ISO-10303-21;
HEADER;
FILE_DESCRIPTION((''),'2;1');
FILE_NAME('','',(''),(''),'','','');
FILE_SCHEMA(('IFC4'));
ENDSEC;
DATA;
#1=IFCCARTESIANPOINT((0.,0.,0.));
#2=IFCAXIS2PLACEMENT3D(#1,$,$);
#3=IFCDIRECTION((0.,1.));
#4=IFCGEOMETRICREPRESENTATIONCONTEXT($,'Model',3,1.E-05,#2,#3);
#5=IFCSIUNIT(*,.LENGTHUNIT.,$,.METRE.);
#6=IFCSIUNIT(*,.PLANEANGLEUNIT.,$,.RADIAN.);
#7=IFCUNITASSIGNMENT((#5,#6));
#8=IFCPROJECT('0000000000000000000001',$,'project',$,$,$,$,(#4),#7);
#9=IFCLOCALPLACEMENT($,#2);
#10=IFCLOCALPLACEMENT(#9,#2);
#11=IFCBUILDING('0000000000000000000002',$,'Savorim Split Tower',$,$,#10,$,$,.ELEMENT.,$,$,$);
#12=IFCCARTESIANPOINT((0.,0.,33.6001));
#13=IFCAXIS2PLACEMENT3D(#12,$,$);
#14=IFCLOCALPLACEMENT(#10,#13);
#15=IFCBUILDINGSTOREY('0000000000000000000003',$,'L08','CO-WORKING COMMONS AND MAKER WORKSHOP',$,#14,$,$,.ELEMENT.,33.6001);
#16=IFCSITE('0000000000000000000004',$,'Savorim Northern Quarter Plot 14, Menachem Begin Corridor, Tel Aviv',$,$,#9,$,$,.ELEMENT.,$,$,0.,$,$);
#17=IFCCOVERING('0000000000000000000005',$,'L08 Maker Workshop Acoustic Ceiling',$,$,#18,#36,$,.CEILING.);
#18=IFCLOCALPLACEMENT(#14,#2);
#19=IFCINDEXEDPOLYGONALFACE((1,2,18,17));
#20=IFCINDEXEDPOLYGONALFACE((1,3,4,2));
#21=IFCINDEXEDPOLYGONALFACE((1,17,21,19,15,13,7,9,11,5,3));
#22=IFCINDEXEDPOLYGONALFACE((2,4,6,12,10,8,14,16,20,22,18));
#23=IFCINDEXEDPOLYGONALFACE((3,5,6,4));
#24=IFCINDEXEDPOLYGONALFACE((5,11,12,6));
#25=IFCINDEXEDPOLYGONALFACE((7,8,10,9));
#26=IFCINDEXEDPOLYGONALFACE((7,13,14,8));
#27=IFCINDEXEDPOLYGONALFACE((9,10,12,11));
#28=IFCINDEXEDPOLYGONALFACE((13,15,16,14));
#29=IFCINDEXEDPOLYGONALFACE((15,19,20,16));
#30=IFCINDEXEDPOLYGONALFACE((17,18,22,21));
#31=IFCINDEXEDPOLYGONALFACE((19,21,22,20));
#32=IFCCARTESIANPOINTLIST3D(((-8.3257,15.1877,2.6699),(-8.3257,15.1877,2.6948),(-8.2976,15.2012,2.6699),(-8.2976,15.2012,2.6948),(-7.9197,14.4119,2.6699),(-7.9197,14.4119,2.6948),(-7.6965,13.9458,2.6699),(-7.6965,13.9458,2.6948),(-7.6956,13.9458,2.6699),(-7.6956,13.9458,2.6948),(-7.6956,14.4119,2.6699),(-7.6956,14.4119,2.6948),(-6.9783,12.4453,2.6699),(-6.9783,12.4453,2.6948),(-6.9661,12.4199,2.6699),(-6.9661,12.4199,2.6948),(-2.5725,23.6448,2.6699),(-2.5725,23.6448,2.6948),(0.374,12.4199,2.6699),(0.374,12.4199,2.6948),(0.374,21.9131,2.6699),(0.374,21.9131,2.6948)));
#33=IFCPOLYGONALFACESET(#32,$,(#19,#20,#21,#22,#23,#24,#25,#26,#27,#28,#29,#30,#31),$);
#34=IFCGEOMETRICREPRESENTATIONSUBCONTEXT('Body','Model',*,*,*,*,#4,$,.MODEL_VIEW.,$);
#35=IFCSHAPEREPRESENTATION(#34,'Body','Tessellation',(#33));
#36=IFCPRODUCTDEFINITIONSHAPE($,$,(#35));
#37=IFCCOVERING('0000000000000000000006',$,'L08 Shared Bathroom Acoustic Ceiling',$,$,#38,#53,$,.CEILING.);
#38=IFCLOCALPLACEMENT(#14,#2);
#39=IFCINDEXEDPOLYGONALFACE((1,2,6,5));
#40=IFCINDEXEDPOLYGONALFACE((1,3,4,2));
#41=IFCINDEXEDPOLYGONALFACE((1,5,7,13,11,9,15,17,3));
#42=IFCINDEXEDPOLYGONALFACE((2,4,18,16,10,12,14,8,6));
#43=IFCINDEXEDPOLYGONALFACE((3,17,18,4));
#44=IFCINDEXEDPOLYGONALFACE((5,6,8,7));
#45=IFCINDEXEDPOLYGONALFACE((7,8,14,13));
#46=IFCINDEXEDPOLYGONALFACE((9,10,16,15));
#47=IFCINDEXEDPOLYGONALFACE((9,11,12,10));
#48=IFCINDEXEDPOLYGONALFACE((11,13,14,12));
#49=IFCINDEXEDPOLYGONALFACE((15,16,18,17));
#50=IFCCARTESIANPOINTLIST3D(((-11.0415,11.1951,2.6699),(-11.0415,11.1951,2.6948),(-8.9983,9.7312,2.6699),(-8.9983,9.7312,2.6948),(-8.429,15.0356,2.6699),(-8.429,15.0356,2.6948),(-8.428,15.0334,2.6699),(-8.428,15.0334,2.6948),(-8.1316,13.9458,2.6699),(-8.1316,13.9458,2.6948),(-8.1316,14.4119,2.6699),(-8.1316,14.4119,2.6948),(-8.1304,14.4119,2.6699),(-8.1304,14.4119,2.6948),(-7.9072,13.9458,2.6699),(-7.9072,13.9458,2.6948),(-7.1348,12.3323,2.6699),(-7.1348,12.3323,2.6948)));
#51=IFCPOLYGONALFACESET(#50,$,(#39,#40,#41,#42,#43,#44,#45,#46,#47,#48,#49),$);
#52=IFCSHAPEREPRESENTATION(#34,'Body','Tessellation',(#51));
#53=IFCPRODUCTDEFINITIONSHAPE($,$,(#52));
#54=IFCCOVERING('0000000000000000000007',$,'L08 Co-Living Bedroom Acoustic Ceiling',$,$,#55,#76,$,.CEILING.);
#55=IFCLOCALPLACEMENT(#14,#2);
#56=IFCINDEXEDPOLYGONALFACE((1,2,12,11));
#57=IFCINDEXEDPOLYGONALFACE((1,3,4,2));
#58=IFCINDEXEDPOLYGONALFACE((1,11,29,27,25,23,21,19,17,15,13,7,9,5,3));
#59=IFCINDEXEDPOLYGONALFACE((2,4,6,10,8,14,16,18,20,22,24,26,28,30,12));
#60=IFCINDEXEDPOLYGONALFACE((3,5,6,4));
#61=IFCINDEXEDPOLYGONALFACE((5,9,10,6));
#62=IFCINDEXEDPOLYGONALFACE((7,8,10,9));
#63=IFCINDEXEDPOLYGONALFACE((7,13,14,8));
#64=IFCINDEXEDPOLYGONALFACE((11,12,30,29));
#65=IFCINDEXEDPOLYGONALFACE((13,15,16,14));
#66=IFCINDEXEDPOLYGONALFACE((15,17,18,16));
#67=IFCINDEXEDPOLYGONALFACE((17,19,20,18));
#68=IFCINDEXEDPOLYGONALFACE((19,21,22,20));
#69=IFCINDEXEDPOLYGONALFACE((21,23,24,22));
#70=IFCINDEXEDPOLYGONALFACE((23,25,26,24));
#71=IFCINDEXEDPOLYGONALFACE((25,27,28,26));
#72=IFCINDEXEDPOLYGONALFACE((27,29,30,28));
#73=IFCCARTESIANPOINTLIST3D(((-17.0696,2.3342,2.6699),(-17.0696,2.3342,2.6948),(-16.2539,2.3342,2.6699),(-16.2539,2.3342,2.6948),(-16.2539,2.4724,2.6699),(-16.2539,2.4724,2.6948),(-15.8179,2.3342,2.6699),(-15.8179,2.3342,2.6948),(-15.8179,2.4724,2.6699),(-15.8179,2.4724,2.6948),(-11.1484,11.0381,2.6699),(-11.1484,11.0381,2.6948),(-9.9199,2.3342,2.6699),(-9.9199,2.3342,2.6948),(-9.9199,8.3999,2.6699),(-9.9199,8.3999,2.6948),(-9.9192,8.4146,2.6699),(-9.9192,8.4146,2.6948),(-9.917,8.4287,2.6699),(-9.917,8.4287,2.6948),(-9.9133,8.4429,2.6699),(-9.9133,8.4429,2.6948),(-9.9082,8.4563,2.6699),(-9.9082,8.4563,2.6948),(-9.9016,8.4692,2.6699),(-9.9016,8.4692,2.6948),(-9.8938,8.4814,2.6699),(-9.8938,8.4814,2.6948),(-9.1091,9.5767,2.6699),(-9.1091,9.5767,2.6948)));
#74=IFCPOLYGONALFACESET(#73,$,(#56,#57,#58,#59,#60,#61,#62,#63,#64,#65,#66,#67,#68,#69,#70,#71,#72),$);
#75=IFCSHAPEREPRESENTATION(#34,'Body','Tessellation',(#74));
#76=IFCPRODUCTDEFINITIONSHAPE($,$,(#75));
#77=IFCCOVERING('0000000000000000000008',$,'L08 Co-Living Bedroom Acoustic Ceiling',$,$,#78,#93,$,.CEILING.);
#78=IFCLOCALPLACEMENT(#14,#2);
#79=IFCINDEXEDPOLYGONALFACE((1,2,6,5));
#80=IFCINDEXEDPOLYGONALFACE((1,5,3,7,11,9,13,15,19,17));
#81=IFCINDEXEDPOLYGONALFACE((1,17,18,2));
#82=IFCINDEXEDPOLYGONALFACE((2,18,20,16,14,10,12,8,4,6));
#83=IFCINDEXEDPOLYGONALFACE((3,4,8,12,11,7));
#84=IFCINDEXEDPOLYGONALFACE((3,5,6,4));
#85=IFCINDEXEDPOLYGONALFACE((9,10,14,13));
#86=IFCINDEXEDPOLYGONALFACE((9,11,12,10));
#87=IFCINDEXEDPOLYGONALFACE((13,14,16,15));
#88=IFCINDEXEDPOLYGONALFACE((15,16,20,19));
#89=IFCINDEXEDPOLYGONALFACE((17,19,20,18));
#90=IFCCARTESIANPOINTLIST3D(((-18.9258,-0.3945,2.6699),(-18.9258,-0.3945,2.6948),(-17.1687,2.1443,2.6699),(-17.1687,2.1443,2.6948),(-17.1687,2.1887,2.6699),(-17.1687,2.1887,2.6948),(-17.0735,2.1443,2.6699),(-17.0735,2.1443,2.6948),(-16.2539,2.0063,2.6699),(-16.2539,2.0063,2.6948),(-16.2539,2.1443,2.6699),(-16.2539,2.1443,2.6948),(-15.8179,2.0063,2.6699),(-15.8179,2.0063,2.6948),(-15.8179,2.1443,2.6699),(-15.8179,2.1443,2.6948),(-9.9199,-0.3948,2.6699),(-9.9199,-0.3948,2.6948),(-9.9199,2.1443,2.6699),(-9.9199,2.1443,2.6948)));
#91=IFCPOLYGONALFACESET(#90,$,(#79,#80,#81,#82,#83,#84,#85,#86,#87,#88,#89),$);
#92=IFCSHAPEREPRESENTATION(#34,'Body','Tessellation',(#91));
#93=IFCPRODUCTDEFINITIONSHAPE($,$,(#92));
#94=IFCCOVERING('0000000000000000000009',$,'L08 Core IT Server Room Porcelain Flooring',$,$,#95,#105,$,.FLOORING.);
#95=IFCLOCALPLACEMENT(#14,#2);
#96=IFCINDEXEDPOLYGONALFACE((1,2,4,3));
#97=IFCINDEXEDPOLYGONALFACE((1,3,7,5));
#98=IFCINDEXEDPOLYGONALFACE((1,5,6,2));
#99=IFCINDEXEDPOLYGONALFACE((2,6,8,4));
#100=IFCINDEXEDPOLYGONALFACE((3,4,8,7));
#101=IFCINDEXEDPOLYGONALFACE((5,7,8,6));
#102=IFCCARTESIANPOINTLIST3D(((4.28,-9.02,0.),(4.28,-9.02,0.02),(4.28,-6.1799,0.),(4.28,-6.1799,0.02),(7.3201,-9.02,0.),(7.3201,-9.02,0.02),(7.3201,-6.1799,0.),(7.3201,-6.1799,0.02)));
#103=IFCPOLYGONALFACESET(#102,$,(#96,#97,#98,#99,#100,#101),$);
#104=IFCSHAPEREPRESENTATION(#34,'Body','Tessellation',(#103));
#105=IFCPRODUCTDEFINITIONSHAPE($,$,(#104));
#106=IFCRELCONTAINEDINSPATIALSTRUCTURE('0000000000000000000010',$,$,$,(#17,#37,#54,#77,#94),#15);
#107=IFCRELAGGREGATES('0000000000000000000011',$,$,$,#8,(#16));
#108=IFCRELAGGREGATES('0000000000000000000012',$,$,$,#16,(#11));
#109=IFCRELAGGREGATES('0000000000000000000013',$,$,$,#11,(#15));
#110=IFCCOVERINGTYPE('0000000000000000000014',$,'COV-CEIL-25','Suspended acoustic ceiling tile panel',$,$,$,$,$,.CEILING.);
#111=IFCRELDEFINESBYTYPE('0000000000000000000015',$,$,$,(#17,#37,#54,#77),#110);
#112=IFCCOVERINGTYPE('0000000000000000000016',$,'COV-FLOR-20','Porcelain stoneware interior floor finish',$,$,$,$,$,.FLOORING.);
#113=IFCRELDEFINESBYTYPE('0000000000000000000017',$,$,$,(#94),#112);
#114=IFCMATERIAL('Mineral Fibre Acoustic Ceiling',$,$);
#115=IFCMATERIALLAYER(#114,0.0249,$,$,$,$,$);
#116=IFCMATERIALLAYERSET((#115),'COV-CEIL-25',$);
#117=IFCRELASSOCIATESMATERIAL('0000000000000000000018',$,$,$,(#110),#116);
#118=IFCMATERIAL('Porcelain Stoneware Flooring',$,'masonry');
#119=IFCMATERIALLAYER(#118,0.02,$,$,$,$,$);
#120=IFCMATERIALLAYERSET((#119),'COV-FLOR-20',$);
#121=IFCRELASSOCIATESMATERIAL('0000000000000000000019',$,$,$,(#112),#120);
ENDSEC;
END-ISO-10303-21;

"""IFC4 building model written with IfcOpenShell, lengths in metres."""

from ifc_helpers import new_model, si_unit, direction, frame, origin, place, context, subcontext, project, spatial, polyline, outline, extrude, material, layer, layer_set, type_object, element, save


model = new_model("IFC4")

# Units and contexts
model_context = context("Model", 3, precision=1e-05, world=origin(), true_north=direction((0.0, 1.0)))
body_context = subcontext(model_context, "Body", "Model", "MODEL_VIEW")
ifc_project = project(units=[si_unit("LENGTHUNIT", "METRE"), si_unit("PLANEANGLEUNIT", "RADIAN")], contexts=[model_context])

# Site, building, storey
site_placement = place(None, origin())
site = spatial("IfcSite", under=ifc_project, at=site_placement, Name="Savorim Northern Quarter Plot 14, Menachem Begin Corridor, Tel Aviv", CompositionType="ELEMENT", RefElevation=0.0)
building_placement = place(site_placement, origin())
building = spatial("IfcBuilding", under=site, at=building_placement, Name="Savorim Split Tower", CompositionType="ELEMENT")
storey_placement = place(building_placement, frame((0.0, 0.0, 33.6001)))
storey = spatial("IfcBuildingStorey", under=building, at=storey_placement, Name="L08", Description="CO-WORKING COMMONS AND MAKER WORKSHOP", CompositionType="ELEMENT", Elevation=33.6001)

# Coverings
ifc_material_1 = material(Name="Mineral Fibre Acoustic Ceiling")
ifc_layer_1 = layer(ifc_material_1, 0.0249)
ifc_layer_set_1 = layer_set([ifc_layer_1], Name="COV-CEIL-25")
covering_type_1 = type_object("IfcCoveringType", Name="COV-CEIL-25", Description="Suspended acoustic ceiling tile panel", PredefinedType="CEILING", material=ifc_layer_set_1)
covering_1_placement = place(storey_placement, frame((0.0, 0.0, 2.6699)))
element("IfcCovering", 1, at=covering_1_placement, inside=storey, type_object=covering_type_1, Name="L08 Maker Workshop Acoustic Ceiling", PredefinedType="CEILING", context=body_context, shape_type="SweptSolid", body=[
    extrude(outline(polyline([(-6.9661, 12.4199), (0.374, 12.4199), (0.374, 21.9131), (-2.5725, 23.6448), (-8.3257, 15.1877), (-8.2976, 15.2012), (-7.9197, 14.4119), (-7.6956, 14.4119), (-7.6956, 13.9458), (-7.6965, 13.9458), (-6.9783, 12.4453), (-6.9661, 12.4199)])), origin(), (0.0, 0.0, 1.0), 0.0249),
])
covering_2_placement = place(storey_placement, frame((0.0, 0.0, 2.6699)))
element("IfcCovering", 2, at=covering_2_placement, inside=storey, type_object=covering_type_1, Name="L08 Shared Bathroom Acoustic Ceiling", PredefinedType="CEILING", context=body_context, shape_type="SweptSolid", body=[
    extrude(outline(polyline([(-8.1316, 14.4119), (-8.1304, 14.4119), (-8.428, 15.0334), (-8.429, 15.0356), (-11.0415, 11.1951), (-8.9983, 9.7312), (-7.1348, 12.3323), (-7.9072, 13.9458), (-8.1316, 13.9458), (-8.1316, 14.4119)])), origin(), (0.0, 0.0, 1.0), 0.0249),
])
covering_3_placement = place(storey_placement, frame((0.0, 0.0, 2.6699)))
element("IfcCovering", 3, at=covering_3_placement, inside=storey, type_object=covering_type_1, Name="L08 Co-Living Bedroom Acoustic Ceiling", PredefinedType="CEILING", context=body_context, shape_type="SweptSolid", body=[
    extrude(outline(polyline([(-9.9082, 8.4563), (-9.9016, 8.4692), (-9.8938, 8.4814), (-9.1091, 9.5767), (-11.1484, 11.0381), (-17.0696, 2.3342), (-16.2539, 2.3342), (-16.2539, 2.4724), (-15.8179, 2.4724), (-15.8179, 2.3342), (-9.9199, 2.3342), (-9.9199, 8.3999), (-9.9192, 8.4146), (-9.917, 8.4287), (-9.9133, 8.4429), (-9.9082, 8.4563)])), origin(), (0.0, 0.0, 1.0), 0.0249),
])
covering_4_placement = place(storey_placement, frame((0.0, 0.0, 2.6699)))
element("IfcCovering", 4, at=covering_4_placement, inside=storey, type_object=covering_type_1, Name="L08 Co-Living Bedroom Acoustic Ceiling", PredefinedType="CEILING", context=body_context, shape_type="SweptSolid", body=[
    extrude(outline(polyline([(-16.2539, 2.1443), (-17.0735, 2.1443), (-17.1687, 2.1443), (-17.1687, 2.1887), (-18.9258, -0.3945), (-9.9199, -0.3948), (-9.9199, 2.1443), (-15.8179, 2.1443), (-15.8179, 2.0063), (-16.2539, 2.0063), (-16.2539, 2.1443)])), origin(), (0.0, 0.0, 1.0), 0.0249),
])
ifc_material_2 = material(Name="Porcelain Stoneware Flooring", Category="masonry")
ifc_layer_2 = layer(ifc_material_2, 0.02)
ifc_layer_set_2 = layer_set([ifc_layer_2], Name="COV-FLOR-20")
covering_type_2 = type_object("IfcCoveringType", Name="COV-FLOR-20", Description="Porcelain stoneware interior floor finish", PredefinedType="FLOORING", material=ifc_layer_set_2)
covering_5_placement = place(storey_placement, origin())
element("IfcCovering", 5, at=covering_5_placement, inside=storey, type_object=covering_type_2, Name="L08 Core IT Server Room Porcelain Flooring", PredefinedType="FLOORING", context=body_context, shape_type="SweptSolid", body=[
    extrude(outline(polyline([(4.28, -6.1799), (4.28, -9.02), (7.3201, -9.02), (7.3201, -6.1799), (4.28, -6.1799)])), origin(), (0.0, 0.0, 1.0), 0.02),
])

save(model, "model.ifc")
